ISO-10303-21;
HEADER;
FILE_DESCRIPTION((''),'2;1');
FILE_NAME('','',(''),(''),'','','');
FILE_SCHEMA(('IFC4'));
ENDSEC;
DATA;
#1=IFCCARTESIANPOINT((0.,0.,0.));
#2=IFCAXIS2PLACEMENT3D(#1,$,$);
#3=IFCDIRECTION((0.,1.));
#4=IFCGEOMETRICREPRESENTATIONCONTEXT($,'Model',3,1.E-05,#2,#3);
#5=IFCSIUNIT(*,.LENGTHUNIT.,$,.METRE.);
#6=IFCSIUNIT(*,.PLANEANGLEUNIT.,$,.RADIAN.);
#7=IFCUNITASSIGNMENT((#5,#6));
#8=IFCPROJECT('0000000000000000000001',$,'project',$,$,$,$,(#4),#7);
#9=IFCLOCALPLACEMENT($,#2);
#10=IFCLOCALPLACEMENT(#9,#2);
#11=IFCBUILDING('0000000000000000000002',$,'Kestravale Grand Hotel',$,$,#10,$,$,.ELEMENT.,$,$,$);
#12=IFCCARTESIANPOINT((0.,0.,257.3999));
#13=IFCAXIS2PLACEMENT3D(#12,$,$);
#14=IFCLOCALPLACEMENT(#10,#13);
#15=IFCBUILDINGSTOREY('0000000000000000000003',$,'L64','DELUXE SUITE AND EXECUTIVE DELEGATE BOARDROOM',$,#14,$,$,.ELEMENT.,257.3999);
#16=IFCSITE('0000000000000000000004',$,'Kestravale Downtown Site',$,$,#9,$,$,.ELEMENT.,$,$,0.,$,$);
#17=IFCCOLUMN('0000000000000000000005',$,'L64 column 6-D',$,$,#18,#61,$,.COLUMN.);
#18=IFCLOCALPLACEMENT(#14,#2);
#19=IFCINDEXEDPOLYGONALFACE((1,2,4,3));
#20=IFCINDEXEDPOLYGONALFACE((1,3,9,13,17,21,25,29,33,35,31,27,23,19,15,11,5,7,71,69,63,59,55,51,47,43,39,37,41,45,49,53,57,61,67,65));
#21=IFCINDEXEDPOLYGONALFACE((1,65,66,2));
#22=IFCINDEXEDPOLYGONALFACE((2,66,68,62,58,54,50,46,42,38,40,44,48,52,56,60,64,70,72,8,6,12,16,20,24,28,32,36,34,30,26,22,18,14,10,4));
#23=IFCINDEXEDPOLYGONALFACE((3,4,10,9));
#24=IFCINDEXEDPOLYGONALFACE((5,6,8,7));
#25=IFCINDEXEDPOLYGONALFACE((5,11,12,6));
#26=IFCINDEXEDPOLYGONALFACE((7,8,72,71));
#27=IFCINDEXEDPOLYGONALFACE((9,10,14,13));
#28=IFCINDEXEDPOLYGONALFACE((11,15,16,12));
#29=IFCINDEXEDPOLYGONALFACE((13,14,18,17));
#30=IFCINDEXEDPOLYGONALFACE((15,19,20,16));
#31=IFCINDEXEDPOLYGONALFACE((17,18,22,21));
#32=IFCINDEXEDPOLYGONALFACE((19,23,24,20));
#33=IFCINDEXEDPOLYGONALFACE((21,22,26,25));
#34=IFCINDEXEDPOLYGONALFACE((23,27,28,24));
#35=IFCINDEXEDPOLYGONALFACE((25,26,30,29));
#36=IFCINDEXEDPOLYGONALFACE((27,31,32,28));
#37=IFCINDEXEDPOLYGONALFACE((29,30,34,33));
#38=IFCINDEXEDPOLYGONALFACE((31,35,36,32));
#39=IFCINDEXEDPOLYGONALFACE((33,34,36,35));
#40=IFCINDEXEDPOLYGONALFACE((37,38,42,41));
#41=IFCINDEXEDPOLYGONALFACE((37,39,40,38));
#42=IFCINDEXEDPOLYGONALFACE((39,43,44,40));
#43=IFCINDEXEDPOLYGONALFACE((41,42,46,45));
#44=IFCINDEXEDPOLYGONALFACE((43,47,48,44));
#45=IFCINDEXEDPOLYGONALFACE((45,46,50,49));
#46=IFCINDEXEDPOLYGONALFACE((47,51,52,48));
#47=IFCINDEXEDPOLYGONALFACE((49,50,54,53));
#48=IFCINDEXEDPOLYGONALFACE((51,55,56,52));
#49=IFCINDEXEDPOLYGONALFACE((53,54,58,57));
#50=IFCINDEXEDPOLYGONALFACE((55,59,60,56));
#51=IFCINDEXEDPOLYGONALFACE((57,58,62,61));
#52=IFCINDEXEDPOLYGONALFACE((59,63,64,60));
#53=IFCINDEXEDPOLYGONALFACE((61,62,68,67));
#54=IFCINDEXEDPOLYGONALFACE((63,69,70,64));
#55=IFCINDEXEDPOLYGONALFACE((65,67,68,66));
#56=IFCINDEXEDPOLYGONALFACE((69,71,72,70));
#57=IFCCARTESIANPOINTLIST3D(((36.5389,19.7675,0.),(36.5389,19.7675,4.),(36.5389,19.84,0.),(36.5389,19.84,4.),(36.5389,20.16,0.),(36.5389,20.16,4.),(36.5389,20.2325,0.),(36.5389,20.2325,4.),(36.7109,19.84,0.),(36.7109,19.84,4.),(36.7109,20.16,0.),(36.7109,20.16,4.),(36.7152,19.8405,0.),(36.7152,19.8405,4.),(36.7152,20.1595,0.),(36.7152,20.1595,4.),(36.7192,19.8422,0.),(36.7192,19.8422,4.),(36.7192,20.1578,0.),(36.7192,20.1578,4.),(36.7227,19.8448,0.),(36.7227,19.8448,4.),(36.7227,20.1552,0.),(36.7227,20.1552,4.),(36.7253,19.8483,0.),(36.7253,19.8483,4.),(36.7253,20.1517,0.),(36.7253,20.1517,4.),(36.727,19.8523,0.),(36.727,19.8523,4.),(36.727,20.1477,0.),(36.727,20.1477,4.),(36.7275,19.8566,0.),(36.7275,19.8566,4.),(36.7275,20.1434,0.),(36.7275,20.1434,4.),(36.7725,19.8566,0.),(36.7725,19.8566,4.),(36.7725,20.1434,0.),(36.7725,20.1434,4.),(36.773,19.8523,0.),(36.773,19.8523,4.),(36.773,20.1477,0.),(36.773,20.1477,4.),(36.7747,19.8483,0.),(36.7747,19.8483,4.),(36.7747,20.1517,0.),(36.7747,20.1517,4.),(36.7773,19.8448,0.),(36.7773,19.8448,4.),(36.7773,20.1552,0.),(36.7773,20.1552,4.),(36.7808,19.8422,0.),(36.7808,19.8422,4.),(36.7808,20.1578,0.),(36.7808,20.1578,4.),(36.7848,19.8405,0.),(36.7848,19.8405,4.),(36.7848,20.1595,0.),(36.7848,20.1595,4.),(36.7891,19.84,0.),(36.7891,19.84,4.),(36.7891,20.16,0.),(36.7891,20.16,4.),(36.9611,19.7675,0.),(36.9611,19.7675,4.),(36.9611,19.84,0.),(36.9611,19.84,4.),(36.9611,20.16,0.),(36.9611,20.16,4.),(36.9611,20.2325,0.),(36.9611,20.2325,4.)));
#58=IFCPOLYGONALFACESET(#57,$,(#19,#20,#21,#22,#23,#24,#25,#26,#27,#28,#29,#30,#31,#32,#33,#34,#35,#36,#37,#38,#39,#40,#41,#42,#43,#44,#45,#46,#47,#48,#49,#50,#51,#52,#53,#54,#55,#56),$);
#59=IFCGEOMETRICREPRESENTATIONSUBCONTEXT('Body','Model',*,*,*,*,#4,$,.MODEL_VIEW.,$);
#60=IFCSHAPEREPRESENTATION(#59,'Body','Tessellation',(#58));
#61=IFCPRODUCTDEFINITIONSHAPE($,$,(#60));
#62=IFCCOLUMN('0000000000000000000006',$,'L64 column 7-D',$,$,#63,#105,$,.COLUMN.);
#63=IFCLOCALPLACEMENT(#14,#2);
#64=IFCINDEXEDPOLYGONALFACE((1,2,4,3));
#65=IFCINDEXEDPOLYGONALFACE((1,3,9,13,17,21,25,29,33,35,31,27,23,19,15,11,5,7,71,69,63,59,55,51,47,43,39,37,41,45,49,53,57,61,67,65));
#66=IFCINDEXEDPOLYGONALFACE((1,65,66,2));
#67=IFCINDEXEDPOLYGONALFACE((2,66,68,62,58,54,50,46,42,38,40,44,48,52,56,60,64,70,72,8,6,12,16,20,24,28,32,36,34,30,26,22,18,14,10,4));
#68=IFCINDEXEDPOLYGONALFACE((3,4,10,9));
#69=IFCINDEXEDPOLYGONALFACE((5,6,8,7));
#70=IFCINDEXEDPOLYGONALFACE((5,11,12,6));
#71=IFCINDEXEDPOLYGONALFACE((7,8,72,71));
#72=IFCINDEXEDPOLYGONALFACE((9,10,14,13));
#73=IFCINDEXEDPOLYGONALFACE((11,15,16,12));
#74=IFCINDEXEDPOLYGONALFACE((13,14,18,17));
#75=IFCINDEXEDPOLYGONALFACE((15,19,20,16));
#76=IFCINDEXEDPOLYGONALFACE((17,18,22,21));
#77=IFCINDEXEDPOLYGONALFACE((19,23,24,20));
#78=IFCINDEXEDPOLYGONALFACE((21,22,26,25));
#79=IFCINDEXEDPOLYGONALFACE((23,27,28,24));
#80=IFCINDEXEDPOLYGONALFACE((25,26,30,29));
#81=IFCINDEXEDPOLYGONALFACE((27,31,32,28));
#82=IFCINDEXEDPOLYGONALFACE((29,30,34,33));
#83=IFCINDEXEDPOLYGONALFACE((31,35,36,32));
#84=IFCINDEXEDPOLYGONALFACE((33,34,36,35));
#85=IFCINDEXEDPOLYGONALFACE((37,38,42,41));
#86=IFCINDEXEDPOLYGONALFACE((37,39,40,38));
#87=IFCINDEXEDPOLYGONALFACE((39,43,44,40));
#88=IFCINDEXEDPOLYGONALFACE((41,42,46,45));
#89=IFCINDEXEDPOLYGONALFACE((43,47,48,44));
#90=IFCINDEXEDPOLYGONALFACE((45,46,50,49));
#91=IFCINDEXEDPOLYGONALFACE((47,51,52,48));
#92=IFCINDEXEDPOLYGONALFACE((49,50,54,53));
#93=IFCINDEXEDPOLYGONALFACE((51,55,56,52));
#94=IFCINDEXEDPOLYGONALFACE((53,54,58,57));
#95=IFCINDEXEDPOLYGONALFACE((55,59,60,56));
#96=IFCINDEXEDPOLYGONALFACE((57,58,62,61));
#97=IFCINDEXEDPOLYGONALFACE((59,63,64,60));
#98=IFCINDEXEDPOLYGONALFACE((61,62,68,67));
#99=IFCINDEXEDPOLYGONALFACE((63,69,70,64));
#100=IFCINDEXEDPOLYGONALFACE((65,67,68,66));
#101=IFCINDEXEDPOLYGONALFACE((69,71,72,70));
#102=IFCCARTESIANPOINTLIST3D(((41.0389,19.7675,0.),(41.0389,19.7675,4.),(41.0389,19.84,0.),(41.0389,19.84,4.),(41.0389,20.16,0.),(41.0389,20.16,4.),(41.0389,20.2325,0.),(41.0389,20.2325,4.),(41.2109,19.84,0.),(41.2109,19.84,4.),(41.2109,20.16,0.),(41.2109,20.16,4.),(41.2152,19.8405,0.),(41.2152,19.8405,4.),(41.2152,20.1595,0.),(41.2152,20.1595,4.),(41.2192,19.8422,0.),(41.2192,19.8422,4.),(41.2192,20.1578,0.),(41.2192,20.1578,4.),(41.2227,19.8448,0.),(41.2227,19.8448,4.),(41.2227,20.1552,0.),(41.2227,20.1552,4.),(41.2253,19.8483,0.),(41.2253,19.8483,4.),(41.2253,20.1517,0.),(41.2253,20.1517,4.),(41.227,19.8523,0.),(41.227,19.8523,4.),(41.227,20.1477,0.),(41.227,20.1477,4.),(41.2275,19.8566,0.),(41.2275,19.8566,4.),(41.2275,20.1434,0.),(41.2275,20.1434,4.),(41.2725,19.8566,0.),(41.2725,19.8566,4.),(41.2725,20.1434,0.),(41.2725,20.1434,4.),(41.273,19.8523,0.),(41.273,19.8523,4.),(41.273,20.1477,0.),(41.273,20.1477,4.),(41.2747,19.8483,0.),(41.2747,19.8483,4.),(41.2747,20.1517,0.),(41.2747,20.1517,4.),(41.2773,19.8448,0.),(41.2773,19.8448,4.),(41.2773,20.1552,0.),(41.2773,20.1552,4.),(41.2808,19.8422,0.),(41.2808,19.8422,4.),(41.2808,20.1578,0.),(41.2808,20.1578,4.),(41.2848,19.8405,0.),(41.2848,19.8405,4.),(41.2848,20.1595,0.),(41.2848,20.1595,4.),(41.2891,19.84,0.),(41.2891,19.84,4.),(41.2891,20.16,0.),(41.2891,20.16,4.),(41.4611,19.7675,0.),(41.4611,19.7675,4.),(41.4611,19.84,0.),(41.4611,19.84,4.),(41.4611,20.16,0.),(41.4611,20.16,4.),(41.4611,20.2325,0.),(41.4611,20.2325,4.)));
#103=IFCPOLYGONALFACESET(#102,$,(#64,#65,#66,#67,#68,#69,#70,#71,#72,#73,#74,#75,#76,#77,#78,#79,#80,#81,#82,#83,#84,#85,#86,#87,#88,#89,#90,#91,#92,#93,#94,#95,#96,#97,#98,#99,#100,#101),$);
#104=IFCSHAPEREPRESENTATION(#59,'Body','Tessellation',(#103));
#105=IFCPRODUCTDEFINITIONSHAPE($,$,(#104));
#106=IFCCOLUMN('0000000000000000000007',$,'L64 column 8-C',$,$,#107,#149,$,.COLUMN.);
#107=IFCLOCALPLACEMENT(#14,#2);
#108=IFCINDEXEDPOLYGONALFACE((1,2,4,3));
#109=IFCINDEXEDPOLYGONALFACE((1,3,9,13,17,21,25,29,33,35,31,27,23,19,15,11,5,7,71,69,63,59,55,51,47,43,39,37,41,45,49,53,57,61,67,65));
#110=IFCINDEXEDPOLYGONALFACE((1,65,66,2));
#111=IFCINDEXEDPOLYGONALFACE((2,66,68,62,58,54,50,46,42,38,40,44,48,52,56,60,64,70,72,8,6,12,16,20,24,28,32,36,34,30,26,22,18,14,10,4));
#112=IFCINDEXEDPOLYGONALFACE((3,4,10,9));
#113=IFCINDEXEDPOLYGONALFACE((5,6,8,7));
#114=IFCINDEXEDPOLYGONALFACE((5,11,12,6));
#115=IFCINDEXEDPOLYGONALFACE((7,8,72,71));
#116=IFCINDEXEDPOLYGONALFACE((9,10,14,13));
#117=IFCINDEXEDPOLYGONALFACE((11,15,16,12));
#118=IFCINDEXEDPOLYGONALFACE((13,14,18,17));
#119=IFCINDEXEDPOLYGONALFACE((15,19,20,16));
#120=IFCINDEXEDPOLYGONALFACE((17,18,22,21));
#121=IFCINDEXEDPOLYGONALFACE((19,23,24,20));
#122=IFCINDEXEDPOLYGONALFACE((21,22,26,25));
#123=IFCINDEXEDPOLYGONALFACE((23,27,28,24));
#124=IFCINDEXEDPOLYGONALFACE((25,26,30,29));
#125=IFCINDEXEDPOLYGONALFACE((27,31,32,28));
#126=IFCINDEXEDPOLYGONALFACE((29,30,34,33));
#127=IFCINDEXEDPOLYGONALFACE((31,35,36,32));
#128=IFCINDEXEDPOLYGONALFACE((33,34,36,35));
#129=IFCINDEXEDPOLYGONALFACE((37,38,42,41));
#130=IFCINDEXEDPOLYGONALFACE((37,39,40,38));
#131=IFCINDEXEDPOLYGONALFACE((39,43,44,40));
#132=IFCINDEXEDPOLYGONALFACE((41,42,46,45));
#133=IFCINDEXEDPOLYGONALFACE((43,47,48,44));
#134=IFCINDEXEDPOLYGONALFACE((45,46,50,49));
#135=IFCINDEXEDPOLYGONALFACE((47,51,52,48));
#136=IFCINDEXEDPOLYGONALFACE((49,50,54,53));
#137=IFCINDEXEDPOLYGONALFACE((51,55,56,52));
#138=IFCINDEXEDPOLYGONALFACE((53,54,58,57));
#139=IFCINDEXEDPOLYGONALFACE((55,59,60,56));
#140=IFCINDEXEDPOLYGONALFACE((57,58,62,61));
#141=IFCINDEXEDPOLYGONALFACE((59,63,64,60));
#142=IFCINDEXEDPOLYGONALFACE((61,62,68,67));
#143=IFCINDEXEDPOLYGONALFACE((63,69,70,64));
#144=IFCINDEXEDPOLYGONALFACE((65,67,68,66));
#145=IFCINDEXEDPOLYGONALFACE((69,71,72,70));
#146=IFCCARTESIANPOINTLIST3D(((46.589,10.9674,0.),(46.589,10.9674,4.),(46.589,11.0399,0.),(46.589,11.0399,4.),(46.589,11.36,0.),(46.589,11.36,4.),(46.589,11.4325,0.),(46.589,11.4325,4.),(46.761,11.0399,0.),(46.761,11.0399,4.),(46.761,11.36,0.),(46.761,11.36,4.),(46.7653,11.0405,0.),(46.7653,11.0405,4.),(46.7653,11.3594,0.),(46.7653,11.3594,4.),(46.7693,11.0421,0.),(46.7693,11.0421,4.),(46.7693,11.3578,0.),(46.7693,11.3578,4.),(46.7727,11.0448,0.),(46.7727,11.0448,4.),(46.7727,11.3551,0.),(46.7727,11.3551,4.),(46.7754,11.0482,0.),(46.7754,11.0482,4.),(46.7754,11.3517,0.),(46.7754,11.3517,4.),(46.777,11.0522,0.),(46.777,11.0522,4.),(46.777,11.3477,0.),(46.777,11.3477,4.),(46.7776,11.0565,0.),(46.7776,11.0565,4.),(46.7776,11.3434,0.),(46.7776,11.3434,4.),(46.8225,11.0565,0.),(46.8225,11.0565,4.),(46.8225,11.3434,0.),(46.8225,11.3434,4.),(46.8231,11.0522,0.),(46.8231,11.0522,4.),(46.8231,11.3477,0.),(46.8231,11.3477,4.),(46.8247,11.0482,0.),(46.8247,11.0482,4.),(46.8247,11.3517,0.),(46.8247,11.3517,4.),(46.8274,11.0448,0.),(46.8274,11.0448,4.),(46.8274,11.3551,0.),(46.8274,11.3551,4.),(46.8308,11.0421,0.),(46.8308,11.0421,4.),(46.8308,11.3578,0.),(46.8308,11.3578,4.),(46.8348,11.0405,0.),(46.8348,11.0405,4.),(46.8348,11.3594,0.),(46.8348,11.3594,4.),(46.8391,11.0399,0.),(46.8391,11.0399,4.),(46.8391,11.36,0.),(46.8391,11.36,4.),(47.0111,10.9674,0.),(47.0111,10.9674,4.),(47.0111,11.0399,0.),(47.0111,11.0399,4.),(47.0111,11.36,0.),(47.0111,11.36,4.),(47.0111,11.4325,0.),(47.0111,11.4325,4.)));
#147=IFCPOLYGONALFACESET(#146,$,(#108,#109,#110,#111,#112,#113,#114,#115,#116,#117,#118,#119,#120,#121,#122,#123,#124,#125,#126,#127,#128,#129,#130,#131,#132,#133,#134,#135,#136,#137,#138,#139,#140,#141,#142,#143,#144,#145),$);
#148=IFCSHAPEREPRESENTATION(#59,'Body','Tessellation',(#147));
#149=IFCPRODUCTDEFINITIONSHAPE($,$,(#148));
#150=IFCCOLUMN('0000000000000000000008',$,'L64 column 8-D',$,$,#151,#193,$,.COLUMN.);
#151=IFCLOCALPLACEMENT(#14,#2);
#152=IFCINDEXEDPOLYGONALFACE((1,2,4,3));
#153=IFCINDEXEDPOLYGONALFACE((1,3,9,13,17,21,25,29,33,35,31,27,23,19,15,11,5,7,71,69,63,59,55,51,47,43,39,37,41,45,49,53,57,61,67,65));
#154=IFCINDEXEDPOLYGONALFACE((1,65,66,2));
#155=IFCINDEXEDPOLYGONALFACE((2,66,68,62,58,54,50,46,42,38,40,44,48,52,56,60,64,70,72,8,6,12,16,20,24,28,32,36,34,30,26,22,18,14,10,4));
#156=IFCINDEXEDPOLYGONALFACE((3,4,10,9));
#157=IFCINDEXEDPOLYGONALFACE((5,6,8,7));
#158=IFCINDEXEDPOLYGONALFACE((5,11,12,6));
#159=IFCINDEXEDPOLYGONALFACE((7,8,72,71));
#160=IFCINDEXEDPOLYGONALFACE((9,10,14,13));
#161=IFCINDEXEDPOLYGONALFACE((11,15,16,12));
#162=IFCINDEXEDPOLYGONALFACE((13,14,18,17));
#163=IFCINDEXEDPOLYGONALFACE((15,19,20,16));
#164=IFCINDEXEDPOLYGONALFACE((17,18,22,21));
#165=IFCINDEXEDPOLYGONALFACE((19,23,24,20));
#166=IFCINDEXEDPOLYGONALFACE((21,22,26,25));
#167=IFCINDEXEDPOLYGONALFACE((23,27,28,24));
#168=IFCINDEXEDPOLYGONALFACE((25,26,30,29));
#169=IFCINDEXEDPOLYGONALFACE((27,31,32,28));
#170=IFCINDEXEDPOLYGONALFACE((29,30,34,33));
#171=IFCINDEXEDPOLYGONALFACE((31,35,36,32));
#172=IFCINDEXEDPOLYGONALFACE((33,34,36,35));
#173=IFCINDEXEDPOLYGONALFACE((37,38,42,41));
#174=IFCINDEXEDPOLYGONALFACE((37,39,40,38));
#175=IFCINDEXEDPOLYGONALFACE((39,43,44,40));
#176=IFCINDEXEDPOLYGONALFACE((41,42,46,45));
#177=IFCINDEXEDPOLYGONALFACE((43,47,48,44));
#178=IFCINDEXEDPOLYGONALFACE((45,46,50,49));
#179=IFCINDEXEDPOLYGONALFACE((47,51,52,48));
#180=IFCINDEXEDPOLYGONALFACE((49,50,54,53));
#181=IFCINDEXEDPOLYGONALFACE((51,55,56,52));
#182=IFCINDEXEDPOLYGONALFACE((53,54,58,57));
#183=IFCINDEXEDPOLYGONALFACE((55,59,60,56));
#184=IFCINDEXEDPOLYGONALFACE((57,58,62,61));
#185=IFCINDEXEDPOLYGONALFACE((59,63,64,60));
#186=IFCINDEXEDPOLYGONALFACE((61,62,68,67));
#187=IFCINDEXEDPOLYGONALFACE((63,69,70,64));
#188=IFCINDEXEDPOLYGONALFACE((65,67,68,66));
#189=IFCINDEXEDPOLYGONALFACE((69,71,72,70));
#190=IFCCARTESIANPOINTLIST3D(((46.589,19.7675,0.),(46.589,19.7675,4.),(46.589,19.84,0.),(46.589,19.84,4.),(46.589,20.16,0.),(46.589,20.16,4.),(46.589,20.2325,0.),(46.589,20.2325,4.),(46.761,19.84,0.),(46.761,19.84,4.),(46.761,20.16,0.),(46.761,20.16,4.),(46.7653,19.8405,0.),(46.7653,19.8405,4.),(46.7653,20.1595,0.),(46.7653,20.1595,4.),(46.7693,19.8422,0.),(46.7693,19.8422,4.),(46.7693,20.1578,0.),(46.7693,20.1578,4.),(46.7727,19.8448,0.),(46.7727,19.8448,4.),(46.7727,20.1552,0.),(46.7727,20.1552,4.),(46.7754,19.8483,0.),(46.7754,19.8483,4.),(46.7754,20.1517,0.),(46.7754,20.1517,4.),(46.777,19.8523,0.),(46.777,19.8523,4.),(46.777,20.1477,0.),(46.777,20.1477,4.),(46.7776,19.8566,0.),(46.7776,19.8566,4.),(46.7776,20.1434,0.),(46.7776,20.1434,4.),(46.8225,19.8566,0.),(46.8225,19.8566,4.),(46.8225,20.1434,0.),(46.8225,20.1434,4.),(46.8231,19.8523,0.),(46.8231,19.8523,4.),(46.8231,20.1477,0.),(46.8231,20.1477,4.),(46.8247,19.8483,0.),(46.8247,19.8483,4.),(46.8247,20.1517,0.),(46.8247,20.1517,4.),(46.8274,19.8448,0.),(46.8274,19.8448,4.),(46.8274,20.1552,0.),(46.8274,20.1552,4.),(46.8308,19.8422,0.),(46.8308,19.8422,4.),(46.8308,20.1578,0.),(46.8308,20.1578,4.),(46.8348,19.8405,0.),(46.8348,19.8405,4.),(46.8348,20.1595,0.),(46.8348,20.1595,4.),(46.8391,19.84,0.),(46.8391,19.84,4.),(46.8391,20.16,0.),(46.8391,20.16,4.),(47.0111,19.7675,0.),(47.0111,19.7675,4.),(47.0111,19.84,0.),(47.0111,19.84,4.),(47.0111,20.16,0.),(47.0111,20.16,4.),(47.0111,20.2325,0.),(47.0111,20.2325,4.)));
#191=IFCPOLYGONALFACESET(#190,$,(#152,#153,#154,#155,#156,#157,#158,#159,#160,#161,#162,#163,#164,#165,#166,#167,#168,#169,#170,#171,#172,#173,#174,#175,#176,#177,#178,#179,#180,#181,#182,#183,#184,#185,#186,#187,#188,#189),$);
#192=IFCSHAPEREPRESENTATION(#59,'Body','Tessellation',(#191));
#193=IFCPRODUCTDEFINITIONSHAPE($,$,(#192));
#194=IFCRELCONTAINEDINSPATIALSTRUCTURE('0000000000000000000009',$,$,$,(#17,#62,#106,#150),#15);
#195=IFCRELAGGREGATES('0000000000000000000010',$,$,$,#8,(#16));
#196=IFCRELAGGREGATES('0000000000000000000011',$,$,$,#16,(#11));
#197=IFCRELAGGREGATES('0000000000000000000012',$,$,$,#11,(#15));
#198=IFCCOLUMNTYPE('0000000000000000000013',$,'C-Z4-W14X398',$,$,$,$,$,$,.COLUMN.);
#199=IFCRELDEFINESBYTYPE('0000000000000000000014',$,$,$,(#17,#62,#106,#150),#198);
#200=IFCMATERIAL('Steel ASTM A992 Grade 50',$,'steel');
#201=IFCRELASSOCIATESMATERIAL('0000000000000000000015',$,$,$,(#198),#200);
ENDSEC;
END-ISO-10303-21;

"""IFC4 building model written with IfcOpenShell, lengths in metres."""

from ifc_helpers import new_model, si_unit, direction, frame, origin, origin_2d, place, context, subcontext, project, spatial, i_section, extrude, material, material_profile, profile_set, type_object, element, save


model = new_model("IFC4")

# Units and contexts
model_context = context("Model", 3, precision=1e-05, world=origin(), true_north=direction((0.0, 1.0)))
body_context = subcontext(model_context, "Body", "Model", "MODEL_VIEW")
ifc_project = project(units=[si_unit("LENGTHUNIT", "METRE"), si_unit("PLANEANGLEUNIT", "RADIAN")], contexts=[model_context])

# Site, building, storey
site_placement = place(None, origin())
site = spatial("IfcSite", under=ifc_project, at=site_placement, Name="Kestravale Downtown Site", CompositionType="ELEMENT", RefElevation=0.0)
building_placement = place(site_placement, origin())
building = spatial("IfcBuilding", under=site, at=building_placement, Name="Kestravale Grand Hotel", CompositionType="ELEMENT")
storey_placement = place(building_placement, frame((0.0, 0.0, 257.3999)))
storey = spatial("IfcBuildingStorey", under=building, at=storey_placement, Name="L64", Description="DELUXE SUITE AND EXECUTIVE DELEGATE BOARDROOM", CompositionType="ELEMENT", Elevation=257.3999)

# Columns
ifc_material_1 = material(Name="Steel ASTM A992 Grade 50", Category="steel")
ifc_material_profile_1 = material_profile(ifc_material_1, i_section(OverallWidth=0.4221, OverallDepth=0.4651, WebThickness=0.0449, FlangeThickness=0.0725, FilletRadius=0.0166, at=origin_2d()))
ifc_profile_set_1 = profile_set([ifc_material_profile_1], Name="Steel ASTM A992 Grade 50")
column_type = type_object("IfcColumnType", Name="C-Z4-W14X398", PredefinedType="COLUMN", material=ifc_profile_set_1)
for number, where, z_axis, x_axis, name in (
    (1, (36.75, 20.0, 0.0), (0.0, 0.0, 1.0), (1.0, 0.0, 0.0), "L64 column 6-D"),
    (2, (41.25, 20.0, 0.0), (0.0, 0.0, 1.0), (1.0, 0.0, 0.0), "L64 column 7-D"),
    (3, (46.8, 11.2, 0.0), (0.0, 0.0, 1.0), (1.0, 0.0, 0.0), "L64 column 8-C"),
    (4, (46.8, 20.0, 0.0), (0.0, 0.0, 1.0), (1.0, 0.0, 0.0), "L64 column 8-D"),
):
    element("IfcColumn", number, at=place(storey_placement, frame(where, z_axis=z_axis, x_axis=x_axis)), inside=storey, type_object=column_type, Name=name, PredefinedType="COLUMN", context=body_context, shape_type="SweptSolid", body=[
        extrude(i_section(OverallWidth=0.4221, OverallDepth=0.4651, WebThickness=0.0449, FlangeThickness=0.0725, FilletRadius=0.0166, at=origin_2d()), origin(), (0.0, 0.0, 1.0), 4.0),
    ])

save(model, "model.ifc")
